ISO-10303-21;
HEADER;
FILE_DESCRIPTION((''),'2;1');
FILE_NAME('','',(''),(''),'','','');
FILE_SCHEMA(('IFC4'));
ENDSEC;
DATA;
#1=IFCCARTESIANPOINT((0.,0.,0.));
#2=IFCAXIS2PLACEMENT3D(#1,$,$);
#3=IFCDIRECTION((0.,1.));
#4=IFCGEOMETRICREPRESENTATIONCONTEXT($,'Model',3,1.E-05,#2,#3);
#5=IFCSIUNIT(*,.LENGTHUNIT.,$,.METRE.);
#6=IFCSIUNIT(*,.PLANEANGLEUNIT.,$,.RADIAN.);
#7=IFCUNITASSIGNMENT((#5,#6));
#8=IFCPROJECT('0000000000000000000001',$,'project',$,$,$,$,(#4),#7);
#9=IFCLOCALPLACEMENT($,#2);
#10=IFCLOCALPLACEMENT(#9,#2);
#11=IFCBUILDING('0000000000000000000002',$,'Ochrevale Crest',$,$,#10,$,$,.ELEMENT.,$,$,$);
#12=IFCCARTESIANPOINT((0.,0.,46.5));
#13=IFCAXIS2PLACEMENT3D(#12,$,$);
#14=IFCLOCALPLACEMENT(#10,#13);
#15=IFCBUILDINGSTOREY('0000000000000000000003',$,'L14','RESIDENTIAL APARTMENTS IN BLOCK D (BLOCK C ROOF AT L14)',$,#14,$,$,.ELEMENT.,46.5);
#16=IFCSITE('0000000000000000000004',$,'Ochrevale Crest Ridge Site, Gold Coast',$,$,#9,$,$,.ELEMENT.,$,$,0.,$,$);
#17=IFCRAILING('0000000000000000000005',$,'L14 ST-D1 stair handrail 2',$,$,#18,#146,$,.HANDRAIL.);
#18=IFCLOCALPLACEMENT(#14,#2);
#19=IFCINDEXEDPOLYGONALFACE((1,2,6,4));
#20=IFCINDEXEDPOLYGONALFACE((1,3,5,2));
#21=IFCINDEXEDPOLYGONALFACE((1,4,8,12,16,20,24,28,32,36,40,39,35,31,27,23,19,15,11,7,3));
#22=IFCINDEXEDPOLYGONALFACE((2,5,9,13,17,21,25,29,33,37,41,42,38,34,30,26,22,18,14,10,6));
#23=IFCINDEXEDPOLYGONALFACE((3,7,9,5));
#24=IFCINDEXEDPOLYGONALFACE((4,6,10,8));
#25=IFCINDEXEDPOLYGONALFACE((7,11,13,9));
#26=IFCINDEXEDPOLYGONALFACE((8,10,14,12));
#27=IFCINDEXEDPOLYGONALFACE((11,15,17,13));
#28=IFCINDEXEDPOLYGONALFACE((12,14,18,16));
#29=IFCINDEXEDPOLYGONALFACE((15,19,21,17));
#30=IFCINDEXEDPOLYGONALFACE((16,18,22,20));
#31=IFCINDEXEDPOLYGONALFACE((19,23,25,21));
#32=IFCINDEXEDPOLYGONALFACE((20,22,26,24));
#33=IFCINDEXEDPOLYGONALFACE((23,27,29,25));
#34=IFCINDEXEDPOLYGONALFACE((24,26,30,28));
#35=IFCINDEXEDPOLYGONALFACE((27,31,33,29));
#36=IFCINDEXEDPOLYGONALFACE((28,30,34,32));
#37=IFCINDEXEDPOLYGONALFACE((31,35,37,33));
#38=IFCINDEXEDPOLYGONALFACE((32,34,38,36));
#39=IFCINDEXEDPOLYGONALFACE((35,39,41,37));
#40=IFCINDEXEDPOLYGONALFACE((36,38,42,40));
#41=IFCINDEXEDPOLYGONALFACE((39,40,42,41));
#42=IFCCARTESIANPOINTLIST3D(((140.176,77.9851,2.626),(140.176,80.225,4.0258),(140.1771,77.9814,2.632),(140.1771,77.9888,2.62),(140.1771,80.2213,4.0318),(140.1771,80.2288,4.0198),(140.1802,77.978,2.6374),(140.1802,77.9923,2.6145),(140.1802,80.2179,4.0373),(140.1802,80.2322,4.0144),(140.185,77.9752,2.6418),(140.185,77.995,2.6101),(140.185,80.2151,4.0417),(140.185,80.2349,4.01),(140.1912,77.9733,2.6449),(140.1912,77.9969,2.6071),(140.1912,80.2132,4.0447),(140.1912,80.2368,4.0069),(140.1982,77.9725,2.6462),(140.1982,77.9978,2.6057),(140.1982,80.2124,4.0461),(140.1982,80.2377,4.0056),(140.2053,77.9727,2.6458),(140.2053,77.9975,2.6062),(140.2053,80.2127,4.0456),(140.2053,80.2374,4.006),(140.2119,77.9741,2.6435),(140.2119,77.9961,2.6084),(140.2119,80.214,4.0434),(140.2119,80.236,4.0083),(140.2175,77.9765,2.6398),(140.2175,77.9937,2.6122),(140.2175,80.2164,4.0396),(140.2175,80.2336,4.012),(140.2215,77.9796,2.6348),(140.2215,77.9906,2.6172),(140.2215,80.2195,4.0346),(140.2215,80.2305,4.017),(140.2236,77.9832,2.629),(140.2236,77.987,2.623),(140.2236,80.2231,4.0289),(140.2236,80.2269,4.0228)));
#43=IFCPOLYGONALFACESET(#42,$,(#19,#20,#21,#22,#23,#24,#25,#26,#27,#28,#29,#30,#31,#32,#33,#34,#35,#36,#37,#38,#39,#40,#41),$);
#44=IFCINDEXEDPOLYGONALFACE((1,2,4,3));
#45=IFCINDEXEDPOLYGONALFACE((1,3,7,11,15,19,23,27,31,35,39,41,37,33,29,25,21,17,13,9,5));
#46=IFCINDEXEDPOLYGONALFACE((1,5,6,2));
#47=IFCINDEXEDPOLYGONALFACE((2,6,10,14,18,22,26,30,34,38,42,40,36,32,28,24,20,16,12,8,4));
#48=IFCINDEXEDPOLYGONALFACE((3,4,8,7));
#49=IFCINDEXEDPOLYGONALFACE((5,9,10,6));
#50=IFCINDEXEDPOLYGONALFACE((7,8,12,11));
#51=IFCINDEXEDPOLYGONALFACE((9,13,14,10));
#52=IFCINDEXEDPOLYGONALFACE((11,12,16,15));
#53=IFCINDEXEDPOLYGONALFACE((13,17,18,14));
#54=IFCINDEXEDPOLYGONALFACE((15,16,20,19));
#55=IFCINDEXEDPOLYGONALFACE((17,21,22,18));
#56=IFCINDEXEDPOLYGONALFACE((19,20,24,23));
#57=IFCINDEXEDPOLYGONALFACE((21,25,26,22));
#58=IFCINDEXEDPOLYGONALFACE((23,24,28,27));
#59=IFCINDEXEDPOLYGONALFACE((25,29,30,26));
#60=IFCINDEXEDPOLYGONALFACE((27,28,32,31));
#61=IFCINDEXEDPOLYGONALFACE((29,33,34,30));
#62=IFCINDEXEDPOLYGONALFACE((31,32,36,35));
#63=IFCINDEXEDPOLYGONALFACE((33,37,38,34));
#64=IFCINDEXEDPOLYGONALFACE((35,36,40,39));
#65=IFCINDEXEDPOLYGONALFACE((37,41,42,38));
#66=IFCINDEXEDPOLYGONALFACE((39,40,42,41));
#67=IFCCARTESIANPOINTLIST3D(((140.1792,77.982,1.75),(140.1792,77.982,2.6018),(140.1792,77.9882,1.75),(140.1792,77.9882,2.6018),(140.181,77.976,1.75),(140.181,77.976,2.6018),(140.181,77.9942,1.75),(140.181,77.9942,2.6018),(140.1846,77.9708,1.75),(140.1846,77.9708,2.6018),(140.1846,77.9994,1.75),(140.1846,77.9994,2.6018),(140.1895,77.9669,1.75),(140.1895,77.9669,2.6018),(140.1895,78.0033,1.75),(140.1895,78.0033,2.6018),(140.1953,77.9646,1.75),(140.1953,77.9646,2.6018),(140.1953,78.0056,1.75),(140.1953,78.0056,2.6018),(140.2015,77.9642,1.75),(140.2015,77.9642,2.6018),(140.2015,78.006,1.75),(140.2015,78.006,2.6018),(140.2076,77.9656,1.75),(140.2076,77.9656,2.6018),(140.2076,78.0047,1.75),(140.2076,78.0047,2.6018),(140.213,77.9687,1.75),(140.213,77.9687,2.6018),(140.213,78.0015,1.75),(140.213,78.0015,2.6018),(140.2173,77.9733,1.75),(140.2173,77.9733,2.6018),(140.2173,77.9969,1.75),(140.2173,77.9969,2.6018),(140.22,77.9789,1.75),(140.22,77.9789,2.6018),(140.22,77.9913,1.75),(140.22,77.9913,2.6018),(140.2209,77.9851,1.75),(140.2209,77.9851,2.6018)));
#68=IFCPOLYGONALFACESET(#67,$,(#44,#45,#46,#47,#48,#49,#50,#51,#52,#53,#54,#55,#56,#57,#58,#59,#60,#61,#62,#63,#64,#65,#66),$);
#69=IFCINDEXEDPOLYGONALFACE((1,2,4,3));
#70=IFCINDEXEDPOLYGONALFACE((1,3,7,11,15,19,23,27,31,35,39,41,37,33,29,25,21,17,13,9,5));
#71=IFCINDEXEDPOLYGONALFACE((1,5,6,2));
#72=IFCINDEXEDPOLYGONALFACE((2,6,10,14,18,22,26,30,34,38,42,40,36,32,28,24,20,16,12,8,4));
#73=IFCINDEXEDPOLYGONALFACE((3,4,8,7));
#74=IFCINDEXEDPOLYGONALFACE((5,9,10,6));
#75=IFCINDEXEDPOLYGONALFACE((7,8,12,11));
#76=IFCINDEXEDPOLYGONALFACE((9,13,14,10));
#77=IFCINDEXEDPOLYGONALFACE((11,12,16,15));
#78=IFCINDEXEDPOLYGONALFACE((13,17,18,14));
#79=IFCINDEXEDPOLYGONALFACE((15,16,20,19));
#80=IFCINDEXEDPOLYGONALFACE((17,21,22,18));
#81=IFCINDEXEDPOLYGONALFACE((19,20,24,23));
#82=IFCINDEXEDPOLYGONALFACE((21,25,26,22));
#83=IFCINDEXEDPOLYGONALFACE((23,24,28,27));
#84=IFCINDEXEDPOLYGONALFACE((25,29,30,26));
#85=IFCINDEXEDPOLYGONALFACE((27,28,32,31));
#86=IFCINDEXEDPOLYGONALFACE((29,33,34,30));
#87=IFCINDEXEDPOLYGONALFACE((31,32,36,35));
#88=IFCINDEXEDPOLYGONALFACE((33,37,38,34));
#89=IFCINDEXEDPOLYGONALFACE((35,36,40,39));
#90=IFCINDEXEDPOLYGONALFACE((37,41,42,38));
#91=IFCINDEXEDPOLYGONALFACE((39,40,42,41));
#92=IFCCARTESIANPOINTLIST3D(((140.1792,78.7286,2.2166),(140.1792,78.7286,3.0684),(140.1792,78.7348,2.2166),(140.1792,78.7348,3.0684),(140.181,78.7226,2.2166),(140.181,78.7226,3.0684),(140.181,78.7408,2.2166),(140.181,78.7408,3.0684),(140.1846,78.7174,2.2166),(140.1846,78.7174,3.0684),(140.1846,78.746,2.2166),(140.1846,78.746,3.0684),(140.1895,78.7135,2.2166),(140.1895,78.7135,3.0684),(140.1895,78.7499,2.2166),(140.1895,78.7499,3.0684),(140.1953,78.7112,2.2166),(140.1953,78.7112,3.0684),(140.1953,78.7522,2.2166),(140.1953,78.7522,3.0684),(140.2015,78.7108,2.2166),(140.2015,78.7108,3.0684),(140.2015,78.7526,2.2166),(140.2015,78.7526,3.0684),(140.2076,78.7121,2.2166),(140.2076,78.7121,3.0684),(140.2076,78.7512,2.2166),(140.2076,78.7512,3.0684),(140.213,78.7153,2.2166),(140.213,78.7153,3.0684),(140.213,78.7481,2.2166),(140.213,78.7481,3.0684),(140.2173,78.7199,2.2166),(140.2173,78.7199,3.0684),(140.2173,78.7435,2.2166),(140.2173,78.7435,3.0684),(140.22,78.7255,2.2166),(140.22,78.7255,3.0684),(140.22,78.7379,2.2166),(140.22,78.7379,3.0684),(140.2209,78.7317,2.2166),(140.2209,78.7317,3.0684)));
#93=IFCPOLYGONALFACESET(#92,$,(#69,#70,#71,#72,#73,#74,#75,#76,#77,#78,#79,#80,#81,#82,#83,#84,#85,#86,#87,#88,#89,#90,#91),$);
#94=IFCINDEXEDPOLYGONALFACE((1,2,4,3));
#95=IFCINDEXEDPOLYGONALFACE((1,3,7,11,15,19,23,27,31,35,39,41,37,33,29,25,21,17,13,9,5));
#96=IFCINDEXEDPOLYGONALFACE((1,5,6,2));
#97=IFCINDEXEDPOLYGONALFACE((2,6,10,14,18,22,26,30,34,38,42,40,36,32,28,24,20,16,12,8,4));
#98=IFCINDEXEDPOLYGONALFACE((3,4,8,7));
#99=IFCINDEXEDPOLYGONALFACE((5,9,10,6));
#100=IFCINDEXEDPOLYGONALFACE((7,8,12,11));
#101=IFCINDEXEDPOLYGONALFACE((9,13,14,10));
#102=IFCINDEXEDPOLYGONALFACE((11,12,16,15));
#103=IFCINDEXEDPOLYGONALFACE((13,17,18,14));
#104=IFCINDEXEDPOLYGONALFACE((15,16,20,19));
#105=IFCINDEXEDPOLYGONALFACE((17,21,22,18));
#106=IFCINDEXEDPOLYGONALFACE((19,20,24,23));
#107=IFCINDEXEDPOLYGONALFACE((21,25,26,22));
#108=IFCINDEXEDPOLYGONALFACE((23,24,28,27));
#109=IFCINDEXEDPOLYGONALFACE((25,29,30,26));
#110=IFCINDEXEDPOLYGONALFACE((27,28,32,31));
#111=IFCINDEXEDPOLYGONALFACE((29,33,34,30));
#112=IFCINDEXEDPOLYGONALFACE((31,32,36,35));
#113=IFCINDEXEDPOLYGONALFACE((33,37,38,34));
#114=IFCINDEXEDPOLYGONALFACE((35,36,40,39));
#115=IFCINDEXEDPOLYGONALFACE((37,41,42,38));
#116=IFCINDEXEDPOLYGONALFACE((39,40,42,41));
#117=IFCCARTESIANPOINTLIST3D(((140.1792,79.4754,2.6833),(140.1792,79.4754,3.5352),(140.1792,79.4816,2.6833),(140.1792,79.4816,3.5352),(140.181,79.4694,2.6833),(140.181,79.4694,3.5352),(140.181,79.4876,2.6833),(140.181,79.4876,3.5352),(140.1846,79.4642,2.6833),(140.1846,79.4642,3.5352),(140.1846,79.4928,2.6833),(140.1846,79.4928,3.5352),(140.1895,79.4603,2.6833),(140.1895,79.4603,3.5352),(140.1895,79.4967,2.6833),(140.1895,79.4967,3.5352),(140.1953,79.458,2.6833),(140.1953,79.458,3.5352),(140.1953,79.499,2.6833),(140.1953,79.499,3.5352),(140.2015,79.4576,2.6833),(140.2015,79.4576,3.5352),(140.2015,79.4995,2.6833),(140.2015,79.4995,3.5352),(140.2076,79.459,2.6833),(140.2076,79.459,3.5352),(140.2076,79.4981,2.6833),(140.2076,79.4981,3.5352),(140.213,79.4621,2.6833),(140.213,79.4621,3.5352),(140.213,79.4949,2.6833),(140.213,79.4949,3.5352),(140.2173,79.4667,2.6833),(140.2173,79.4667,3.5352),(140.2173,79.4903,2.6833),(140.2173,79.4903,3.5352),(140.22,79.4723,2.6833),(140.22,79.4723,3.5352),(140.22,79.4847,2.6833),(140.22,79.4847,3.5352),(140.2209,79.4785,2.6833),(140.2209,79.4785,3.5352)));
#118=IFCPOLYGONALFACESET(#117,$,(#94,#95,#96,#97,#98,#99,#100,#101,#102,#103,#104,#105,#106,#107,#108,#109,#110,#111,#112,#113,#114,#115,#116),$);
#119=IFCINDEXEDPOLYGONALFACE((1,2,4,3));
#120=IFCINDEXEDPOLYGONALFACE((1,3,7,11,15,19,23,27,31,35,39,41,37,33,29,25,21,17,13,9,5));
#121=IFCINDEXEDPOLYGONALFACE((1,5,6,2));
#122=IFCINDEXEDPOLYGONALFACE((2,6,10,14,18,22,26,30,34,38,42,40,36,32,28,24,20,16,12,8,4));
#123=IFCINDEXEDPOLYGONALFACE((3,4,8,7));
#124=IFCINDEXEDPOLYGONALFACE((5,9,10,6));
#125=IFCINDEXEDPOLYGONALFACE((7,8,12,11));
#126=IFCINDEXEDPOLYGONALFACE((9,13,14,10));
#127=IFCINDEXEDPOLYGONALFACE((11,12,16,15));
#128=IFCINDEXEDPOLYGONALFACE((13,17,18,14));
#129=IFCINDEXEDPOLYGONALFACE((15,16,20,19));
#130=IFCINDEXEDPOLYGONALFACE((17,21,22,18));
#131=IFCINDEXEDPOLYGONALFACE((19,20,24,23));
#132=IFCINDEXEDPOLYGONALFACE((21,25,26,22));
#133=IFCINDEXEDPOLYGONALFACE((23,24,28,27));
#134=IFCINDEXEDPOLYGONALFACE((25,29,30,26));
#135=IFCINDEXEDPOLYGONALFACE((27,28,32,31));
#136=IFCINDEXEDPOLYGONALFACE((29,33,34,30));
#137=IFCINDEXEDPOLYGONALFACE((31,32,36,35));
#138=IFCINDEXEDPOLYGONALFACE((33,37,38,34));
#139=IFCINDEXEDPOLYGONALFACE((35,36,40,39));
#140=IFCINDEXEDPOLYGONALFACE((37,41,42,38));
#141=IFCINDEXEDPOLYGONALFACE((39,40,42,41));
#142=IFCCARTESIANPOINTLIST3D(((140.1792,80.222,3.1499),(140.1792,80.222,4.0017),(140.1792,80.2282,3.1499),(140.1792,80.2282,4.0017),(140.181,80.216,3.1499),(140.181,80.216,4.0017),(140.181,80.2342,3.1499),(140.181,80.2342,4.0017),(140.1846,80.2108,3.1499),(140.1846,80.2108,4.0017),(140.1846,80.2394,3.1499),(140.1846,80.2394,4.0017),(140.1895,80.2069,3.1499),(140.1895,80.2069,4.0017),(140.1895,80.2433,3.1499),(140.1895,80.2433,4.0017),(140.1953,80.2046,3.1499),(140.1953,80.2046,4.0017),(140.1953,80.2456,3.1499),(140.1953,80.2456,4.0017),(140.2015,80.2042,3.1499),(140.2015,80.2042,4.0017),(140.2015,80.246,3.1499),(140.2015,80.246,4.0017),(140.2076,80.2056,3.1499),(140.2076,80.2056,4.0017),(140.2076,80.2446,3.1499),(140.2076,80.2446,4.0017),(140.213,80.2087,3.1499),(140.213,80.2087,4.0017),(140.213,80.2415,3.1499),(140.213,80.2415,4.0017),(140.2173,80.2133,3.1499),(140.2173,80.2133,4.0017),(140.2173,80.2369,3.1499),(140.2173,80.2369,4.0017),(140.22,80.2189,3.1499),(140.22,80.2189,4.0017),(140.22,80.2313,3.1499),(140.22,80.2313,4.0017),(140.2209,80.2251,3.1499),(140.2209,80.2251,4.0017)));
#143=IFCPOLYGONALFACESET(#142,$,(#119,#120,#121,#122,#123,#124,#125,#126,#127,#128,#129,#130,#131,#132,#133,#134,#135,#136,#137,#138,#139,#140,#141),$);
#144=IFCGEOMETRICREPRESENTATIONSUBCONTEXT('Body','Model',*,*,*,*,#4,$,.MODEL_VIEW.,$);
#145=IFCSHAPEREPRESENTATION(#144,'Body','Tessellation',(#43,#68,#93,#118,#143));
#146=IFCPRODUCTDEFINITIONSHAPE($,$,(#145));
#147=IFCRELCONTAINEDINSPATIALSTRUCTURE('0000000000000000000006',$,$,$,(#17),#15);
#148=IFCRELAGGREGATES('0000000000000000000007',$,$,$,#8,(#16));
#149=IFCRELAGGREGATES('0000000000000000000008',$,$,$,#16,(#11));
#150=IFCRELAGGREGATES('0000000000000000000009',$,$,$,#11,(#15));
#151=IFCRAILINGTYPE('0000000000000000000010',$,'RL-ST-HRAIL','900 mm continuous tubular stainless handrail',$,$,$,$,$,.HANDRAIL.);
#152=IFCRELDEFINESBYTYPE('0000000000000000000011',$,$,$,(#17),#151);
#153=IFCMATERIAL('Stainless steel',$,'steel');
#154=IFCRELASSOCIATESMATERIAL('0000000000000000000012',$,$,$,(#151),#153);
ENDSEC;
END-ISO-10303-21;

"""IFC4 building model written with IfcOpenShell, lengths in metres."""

from ifc_helpers import new_model, si_unit, direction, frame, origin, origin_2d, place, context, subcontext, project, spatial, circle, extrude, material, type_object, element, save


model = new_model("IFC4")

# Units and contexts
model_context = context("Model", 3, precision=1e-05, world=origin(), true_north=direction((0.0, 1.0)))
body_context = subcontext(model_context, "Body", "Model", "MODEL_VIEW")
ifc_project = project(units=[si_unit("LENGTHUNIT", "METRE"), si_unit("PLANEANGLEUNIT", "RADIAN")], contexts=[model_context])

# Site, building, storey
site_placement = place(None, origin())
site = spatial("IfcSite", under=ifc_project, at=site_placement, Name="Ochrevale Crest Ridge Site, Gold Coast", CompositionType="ELEMENT", RefElevation=0.0)
building_placement = place(site_placement, origin())
building = spatial("IfcBuilding", under=site, at=building_placement, Name="Ochrevale Crest", CompositionType="ELEMENT")
storey_placement = place(building_placement, frame((0.0, 0.0, 46.5)))
storey = spatial("IfcBuildingStorey", under=building, at=storey_placement, Name="L14", Description="RESIDENTIAL APARTMENTS IN BLOCK D (BLOCK C ROOF AT L14)", CompositionType="ELEMENT", Elevation=46.5)

# Railing
ifc_material_1 = material(Name="Stainless steel", Category="steel")
railing_type_1 = type_object("IfcRailingType", Name="RL-ST-HRAIL", Description="900 mm continuous tubular stainless handrail", PredefinedType="HANDRAIL", material=ifc_material_1)
railing_1_placement = place(storey_placement, frame((140.2, 77.9851, 1.75)))
element("IfcRailing", 1, at=railing_1_placement, inside=storey, type_object=railing_type_1, Name="L14 ST-D1 stair handrail 2", PredefinedType="HANDRAIL", context=body_context, shape_type="SweptSolid", body=[
    extrude(circle(Radius=0.0239, at=origin_2d()), frame((0.0, 0.0, 0.876), z_axis=(0.0, 0.848014, 0.529974), x_axis=(-1.0, 0.0, 0.0)), (0.0, 0.0, 1.0), 2.6414),
    extrude(circle(Radius=0.021, at=origin_2d()), origin(), (0.0, 0.0, 1.0), 0.8518),
    extrude(circle(Radius=0.021, at=origin_2d()), frame((0.0, 0.7466, 0.4666)), (0.0, 0.0, 1.0), 0.8518),
    extrude(circle(Radius=0.021, at=origin_2d()), frame((0.0, 1.4934, 0.9333)), (0.0, 0.0, 1.0), 0.8518),
    extrude(circle(Radius=0.021, at=origin_2d()), frame((0.0, 2.24, 1.3999)), (0.0, 0.0, 1.0), 0.8518),
])

save(model, "model.ifc")
